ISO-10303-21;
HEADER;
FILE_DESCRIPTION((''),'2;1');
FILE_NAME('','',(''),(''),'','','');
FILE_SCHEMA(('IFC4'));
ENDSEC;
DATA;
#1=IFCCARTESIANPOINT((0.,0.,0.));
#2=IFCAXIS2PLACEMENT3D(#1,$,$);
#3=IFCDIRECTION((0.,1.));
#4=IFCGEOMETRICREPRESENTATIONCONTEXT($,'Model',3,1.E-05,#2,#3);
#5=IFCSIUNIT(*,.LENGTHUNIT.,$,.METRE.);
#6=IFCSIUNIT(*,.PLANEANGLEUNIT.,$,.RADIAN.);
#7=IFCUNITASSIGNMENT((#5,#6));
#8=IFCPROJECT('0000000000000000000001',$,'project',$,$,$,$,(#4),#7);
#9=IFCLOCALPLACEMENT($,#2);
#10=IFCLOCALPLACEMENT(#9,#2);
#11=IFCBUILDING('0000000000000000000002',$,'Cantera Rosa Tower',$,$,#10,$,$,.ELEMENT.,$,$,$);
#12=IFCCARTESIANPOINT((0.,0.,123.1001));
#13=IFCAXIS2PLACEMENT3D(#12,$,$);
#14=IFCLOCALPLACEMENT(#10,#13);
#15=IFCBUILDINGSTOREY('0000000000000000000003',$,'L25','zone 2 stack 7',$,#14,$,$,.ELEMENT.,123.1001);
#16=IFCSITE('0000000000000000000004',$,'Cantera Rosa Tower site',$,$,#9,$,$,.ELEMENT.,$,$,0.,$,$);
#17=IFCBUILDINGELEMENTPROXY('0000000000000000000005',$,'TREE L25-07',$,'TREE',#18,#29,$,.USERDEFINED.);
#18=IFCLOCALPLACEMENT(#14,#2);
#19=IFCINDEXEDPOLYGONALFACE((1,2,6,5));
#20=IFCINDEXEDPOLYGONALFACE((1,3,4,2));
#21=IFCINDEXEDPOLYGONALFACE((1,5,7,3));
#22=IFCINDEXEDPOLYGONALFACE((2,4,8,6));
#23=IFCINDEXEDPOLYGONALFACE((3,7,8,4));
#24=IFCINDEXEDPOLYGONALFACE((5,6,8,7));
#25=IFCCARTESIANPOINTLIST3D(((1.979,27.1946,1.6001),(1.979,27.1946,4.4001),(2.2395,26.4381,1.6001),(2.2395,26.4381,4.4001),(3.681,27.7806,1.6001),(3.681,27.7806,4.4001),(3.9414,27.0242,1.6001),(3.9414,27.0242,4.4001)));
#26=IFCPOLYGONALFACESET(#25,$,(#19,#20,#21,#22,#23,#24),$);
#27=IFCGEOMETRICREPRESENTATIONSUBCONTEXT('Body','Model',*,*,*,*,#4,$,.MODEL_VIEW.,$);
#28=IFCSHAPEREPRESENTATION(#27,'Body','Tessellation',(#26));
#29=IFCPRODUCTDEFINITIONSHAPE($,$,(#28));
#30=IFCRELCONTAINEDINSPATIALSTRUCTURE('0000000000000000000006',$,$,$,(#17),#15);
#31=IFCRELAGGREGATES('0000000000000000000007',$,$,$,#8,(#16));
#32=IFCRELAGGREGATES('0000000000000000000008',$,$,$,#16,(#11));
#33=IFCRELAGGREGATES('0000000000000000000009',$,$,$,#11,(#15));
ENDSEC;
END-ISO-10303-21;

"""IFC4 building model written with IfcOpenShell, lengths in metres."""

from ifc_helpers import new_model, si_unit, direction, frame, origin, origin_2d, place, context, subcontext, project, spatial, rectangle, extrude, element, save


model = new_model("IFC4")

# Units and contexts
model_context = context("Model", 3, precision=1e-05, world=origin(), true_north=direction((0.0, 1.0)))
body_context = subcontext(model_context, "Body", "Model", "MODEL_VIEW")
ifc_project = project(units=[si_unit("LENGTHUNIT", "METRE"), si_unit("PLANEANGLEUNIT", "RADIAN")], contexts=[model_context])

# Site, building, storey
site_placement = place(None, origin())
site = spatial("IfcSite", under=ifc_project, at=site_placement, Name="Cantera Rosa Tower site", CompositionType="ELEMENT", RefElevation=0.0)
building_placement = place(site_placement, origin())
building = spatial("IfcBuilding", under=site, at=building_placement, Name="Cantera Rosa Tower", CompositionType="ELEMENT")
storey_placement = place(building_placement, frame((0.0, 0.0, 123.1001)))
storey = spatial("IfcBuildingStorey", under=building, at=storey_placement, Name="L25", Description="zone 2 stack 7", CompositionType="ELEMENT", Elevation=123.1001)

# Building element proxy
proxy_placement = place(storey_placement, frame((2.9602, 27.1094, 1.6001), z_axis=(0.0, 0.0, 1.0), x_axis=(-0.945519, -0.325568, 0.0)))
element("IfcBuildingElementProxy", 1, at=proxy_placement, inside=storey, Name="TREE L25-07", ObjectType="TREE", PredefinedType="USERDEFINED", context=body_context, shape_type="SweptSolid", body=[
    extrude(rectangle(XDim=1.8, YDim=0.8, at=origin_2d()), origin(), (0.0, 0.0, 1.0), 2.8),
])

save(model, "model.ifc")
